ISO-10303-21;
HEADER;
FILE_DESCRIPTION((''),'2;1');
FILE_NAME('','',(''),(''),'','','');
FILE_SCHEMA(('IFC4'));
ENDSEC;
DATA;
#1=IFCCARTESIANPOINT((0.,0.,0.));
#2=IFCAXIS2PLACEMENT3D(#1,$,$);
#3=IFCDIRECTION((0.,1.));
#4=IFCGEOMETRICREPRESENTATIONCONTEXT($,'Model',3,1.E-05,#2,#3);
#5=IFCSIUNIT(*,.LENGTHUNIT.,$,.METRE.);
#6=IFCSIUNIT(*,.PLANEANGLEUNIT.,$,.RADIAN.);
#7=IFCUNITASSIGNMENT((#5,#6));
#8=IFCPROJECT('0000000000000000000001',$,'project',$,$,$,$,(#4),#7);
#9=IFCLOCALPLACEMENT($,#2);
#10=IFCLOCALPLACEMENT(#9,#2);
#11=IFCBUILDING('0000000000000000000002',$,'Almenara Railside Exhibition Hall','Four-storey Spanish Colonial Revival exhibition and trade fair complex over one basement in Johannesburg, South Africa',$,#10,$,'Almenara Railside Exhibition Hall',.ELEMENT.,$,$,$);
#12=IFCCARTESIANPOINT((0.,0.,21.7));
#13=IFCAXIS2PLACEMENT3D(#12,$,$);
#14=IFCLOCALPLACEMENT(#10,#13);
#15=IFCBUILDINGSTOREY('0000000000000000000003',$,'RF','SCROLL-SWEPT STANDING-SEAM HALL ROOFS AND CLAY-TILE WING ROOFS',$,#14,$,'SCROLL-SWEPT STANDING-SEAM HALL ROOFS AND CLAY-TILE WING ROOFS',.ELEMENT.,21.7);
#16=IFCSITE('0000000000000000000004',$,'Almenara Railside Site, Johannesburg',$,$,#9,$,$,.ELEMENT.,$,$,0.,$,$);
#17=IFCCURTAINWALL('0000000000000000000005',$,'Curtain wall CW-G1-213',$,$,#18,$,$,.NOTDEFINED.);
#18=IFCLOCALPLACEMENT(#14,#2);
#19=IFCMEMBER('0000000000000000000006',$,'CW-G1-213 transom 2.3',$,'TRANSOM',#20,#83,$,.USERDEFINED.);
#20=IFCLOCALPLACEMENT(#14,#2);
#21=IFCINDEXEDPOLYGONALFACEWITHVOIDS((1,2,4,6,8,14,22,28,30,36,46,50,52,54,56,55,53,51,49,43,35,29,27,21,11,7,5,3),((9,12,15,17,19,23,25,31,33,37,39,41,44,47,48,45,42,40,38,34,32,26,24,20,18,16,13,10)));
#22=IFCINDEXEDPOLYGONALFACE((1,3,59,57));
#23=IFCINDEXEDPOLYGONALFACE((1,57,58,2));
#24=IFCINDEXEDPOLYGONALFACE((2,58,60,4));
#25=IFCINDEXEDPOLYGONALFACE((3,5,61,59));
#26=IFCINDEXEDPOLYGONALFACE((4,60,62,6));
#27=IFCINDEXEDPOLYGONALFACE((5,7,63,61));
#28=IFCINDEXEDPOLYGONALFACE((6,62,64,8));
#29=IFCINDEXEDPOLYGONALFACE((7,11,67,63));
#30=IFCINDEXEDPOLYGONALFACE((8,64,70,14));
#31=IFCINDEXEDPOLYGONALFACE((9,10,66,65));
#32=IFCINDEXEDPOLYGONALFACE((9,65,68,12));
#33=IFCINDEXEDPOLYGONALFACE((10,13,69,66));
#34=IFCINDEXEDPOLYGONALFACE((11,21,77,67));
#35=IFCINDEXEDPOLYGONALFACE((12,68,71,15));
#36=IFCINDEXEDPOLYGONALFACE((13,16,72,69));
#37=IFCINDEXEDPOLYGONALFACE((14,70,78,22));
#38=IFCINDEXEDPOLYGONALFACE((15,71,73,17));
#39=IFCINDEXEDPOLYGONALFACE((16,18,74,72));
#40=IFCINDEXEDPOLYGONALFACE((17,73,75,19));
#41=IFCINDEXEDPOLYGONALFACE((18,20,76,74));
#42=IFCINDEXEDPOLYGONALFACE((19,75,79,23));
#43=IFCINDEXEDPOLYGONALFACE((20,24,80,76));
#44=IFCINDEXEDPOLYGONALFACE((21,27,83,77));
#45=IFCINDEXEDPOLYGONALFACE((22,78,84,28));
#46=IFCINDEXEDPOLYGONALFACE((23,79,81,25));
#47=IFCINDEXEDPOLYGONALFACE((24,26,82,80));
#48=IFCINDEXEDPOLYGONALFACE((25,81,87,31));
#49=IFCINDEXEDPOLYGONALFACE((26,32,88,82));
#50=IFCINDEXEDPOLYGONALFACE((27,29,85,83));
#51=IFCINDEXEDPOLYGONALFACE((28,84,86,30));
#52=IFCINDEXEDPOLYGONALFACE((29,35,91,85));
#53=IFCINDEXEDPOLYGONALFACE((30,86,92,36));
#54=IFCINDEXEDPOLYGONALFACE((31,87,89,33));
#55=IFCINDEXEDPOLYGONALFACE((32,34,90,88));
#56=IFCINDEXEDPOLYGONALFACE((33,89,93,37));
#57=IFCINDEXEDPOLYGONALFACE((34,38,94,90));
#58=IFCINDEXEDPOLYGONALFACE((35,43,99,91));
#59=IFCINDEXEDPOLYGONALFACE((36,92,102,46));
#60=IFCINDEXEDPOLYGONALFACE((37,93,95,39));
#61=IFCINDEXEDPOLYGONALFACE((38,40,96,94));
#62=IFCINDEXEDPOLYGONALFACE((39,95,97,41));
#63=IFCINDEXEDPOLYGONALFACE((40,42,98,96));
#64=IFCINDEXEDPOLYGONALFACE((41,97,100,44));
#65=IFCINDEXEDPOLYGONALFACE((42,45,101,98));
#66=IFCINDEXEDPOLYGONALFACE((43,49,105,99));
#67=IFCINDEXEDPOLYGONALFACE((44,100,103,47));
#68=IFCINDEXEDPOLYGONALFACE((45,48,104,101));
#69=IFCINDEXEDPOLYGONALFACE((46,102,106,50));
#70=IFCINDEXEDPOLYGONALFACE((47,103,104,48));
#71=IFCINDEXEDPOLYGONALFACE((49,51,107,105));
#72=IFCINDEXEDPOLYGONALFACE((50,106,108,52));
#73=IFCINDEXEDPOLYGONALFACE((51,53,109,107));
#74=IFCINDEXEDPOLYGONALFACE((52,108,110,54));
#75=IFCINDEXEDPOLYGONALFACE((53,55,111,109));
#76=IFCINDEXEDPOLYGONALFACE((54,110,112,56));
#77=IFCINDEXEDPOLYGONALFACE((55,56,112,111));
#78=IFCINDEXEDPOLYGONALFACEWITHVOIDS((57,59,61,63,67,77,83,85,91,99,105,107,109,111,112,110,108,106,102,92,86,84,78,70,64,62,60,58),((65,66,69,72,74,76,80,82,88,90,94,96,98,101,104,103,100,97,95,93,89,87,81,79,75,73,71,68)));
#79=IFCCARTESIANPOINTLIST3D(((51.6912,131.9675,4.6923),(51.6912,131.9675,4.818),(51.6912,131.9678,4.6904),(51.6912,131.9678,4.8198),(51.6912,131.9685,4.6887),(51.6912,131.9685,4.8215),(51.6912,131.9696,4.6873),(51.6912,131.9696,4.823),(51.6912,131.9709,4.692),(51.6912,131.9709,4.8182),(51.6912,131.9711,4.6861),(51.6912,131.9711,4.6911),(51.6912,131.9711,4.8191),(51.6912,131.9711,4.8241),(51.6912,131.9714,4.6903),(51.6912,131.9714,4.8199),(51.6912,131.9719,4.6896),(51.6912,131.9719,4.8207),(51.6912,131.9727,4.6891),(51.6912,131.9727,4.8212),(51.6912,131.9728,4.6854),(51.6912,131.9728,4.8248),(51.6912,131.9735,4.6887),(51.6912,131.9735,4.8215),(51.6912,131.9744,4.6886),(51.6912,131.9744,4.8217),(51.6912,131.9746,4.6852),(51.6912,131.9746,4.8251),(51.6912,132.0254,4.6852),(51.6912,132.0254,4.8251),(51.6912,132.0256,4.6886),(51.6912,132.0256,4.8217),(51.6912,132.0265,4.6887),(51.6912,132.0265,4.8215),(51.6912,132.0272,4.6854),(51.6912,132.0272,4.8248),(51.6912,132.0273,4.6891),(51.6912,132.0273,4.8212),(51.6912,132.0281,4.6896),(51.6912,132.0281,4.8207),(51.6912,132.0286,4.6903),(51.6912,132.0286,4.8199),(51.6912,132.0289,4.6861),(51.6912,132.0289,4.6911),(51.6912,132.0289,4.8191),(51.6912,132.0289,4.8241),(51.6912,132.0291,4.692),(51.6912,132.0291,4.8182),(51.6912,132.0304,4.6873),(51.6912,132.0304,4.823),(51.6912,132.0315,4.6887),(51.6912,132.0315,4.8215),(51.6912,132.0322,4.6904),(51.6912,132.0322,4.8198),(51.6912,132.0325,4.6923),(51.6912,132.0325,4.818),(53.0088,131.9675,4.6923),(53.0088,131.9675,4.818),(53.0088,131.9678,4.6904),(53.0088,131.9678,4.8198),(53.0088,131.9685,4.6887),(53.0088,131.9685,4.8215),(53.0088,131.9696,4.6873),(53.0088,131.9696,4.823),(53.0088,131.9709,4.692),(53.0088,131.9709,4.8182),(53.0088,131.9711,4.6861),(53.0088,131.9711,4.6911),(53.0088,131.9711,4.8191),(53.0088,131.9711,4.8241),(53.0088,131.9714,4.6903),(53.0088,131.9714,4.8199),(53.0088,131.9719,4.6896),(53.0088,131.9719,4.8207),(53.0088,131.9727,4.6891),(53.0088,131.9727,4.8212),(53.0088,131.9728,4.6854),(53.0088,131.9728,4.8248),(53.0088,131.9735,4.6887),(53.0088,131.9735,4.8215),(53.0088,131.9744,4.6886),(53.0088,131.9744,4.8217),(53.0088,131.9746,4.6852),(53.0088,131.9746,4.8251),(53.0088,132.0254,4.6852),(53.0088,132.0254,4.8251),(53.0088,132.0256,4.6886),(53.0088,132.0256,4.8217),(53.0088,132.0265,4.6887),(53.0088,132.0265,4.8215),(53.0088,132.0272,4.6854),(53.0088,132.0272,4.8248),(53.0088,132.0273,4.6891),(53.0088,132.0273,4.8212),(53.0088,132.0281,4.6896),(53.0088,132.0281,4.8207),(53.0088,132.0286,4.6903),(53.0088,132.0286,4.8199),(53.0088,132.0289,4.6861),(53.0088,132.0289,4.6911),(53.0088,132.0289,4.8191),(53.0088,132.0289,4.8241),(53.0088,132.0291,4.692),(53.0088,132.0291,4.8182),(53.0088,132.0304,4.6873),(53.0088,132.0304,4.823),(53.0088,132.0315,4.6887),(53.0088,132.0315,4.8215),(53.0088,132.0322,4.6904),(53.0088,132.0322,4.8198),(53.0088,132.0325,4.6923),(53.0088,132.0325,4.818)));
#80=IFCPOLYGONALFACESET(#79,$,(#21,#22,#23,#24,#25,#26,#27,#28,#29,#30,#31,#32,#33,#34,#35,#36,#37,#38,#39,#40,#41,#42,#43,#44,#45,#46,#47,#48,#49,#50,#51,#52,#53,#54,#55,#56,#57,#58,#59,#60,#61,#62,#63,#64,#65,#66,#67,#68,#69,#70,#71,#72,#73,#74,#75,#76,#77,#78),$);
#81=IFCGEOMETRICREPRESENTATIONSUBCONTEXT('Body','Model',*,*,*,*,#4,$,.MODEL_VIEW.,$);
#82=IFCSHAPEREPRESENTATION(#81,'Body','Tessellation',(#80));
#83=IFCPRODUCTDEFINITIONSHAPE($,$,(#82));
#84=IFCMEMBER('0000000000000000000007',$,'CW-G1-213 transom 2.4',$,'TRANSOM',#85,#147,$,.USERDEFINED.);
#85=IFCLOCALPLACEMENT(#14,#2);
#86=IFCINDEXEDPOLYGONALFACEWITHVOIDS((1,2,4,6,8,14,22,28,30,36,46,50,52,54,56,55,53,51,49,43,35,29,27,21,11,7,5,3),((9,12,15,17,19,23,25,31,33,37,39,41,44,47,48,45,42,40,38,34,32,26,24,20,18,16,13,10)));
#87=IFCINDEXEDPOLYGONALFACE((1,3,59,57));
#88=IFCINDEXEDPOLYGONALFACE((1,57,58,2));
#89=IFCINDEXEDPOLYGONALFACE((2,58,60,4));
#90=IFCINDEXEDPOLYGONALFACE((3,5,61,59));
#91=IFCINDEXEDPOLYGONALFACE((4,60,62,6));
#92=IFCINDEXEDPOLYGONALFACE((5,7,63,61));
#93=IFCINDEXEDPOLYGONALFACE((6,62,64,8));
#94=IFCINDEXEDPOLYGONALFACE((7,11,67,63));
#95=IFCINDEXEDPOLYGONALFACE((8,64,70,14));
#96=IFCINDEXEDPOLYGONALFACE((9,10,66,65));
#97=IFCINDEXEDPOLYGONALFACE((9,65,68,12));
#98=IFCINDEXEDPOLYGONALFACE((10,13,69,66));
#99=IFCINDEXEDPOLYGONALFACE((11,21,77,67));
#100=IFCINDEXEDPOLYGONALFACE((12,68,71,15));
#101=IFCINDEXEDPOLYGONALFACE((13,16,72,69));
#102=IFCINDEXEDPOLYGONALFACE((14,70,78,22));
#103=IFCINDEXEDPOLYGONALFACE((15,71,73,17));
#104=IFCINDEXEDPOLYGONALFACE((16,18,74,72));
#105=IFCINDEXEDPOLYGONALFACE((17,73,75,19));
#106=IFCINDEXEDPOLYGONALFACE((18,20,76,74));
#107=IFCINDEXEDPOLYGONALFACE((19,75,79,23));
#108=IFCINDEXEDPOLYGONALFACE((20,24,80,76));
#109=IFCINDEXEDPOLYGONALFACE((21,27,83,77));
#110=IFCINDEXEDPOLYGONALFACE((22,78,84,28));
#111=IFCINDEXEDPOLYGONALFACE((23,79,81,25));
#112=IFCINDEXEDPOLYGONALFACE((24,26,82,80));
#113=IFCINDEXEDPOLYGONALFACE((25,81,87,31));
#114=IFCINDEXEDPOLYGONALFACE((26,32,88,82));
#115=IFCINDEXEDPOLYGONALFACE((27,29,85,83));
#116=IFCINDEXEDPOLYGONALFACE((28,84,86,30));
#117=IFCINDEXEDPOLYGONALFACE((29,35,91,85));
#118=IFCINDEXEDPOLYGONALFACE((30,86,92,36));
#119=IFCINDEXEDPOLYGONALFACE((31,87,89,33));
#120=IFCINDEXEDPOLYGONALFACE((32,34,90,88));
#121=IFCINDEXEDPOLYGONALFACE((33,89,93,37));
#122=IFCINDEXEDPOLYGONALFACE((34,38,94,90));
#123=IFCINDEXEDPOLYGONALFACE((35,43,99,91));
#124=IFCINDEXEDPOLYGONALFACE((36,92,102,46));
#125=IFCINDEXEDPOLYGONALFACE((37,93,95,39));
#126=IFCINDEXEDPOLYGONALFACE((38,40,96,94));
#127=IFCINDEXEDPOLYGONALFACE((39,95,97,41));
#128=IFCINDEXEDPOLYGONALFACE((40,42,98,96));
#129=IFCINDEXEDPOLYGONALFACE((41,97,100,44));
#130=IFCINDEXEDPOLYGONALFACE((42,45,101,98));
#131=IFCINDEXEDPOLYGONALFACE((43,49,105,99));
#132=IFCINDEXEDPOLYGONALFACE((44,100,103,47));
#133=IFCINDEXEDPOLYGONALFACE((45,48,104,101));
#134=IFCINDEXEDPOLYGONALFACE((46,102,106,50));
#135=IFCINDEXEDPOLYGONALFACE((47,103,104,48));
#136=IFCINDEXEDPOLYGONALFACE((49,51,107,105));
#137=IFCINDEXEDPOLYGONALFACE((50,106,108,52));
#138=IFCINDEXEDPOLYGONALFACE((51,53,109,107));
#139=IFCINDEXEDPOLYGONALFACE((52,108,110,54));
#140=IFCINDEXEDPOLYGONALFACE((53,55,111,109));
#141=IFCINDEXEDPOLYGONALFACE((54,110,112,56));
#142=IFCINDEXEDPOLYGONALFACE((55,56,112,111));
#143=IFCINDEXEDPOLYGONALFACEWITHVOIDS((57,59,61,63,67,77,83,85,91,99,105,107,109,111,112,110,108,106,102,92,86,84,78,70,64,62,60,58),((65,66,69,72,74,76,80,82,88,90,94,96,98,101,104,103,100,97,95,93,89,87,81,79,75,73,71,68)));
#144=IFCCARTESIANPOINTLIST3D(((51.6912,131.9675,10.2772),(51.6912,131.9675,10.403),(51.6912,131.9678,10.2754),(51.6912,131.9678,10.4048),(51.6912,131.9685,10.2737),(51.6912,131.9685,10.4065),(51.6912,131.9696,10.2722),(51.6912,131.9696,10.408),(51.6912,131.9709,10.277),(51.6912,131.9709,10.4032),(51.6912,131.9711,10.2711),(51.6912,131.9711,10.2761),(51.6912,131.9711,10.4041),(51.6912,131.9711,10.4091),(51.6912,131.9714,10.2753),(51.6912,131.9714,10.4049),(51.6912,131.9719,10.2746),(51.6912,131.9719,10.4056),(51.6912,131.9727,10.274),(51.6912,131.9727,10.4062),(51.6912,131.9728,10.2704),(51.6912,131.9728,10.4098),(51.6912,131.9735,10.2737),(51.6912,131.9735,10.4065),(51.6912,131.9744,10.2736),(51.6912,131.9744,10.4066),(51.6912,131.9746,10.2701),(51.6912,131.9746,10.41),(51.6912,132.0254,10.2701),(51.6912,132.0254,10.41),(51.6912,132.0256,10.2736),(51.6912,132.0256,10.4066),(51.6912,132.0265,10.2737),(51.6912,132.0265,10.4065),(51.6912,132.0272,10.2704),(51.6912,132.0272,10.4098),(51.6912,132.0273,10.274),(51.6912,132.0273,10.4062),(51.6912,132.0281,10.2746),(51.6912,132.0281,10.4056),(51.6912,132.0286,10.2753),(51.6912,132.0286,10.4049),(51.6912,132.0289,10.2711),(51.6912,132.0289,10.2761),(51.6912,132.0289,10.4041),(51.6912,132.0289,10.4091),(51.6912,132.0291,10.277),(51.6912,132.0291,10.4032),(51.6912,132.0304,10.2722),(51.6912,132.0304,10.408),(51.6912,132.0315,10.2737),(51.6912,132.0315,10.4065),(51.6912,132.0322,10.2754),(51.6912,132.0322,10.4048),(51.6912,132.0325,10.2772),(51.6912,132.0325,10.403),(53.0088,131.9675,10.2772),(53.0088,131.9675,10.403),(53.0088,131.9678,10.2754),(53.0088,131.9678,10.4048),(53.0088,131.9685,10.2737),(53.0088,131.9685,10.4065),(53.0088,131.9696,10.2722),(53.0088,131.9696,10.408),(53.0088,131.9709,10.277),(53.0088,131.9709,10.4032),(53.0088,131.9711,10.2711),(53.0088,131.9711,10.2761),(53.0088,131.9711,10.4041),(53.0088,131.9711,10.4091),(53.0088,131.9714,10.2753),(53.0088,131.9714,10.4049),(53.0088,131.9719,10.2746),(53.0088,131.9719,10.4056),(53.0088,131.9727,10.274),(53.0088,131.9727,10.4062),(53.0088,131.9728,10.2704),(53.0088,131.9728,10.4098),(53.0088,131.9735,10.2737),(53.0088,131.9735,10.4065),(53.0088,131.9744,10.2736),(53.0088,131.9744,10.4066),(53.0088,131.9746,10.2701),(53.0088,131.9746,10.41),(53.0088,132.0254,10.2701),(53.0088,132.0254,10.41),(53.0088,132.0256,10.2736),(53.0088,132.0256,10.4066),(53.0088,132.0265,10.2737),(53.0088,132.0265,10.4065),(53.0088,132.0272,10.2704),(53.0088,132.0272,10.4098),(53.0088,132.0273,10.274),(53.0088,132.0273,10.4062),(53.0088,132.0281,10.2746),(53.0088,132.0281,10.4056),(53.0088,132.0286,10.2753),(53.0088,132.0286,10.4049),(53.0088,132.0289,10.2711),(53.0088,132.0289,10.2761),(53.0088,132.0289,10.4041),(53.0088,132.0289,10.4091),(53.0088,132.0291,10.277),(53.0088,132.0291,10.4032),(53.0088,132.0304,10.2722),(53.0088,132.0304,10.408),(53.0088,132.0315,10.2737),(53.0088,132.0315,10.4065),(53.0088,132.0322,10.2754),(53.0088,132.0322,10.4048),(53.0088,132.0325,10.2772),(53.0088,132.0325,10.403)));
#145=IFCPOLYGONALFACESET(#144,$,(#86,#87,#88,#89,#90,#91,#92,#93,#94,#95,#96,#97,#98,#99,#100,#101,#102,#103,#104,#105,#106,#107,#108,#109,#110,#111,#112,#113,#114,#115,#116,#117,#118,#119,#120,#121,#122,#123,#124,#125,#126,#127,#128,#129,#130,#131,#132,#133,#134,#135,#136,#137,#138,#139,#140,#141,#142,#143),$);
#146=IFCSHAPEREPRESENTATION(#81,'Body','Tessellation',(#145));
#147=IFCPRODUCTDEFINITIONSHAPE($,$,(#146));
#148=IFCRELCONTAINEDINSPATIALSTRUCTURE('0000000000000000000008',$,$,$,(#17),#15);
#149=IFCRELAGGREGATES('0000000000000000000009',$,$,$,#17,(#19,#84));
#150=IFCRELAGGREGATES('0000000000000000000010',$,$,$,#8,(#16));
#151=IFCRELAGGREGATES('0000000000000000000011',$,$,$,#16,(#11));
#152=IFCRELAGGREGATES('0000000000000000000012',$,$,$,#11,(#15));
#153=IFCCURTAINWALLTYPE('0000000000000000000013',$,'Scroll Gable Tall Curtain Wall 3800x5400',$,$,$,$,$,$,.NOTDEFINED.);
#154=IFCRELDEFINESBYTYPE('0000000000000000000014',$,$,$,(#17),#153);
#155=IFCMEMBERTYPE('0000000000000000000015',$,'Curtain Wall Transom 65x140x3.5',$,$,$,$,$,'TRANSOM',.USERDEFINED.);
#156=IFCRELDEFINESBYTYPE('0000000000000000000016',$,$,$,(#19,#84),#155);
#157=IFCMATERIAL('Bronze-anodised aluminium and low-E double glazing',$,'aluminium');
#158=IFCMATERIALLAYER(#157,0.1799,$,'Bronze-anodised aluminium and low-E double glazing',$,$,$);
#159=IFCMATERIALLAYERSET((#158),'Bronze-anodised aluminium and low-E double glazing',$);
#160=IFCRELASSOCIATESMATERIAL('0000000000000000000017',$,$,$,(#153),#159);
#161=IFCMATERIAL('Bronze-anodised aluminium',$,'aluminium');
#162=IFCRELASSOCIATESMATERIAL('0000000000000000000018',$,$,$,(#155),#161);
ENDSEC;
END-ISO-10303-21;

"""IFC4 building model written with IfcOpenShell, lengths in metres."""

from ifc_helpers import new_model, si_unit, direction, frame, origin, origin_2d, place, context, subcontext, project, spatial, hollow_rectangle, extrude, material, layer, layer_set, material_profile, profile_set, type_object, element, aggregate, save


model = new_model("IFC4")

# Units and contexts
model_context = context("Model", 3, precision=1e-05, world=origin(), true_north=direction((0.0, 1.0)))
body_context = subcontext(model_context, "Body", "Model", "MODEL_VIEW")
ifc_project = project(units=[si_unit("LENGTHUNIT", "METRE"), si_unit("PLANEANGLEUNIT", "RADIAN")], contexts=[model_context])

# Site, building, storey
site_placement = place(None, origin())
site = spatial("IfcSite", under=ifc_project, at=site_placement, Name="Almenara Railside Site, Johannesburg", CompositionType="ELEMENT", RefElevation=0.0)
building_placement = place(site_placement, origin())
building = spatial("IfcBuilding", under=site, at=building_placement, Name="Almenara Railside Exhibition Hall", Description="Four-storey Spanish Colonial Revival exhibition and trade fair complex over one basement in Johannesburg, South Africa", LongName="Almenara Railside Exhibition Hall", CompositionType="ELEMENT")
storey_placement = place(building_placement, frame((0.0, 0.0, 21.7)))
storey = spatial("IfcBuildingStorey", under=building, at=storey_placement, Name="RF", Description="SCROLL-SWEPT STANDING-SEAM HALL ROOFS AND CLAY-TILE WING ROOFS", LongName="SCROLL-SWEPT STANDING-SEAM HALL ROOFS AND CLAY-TILE WING ROOFS", CompositionType="ELEMENT", Elevation=21.7)

# Shared definitions
ifc_material_1 = material(Name="Bronze-anodised aluminium and low-E double glazing", Category="aluminium")
ifc_layer_1 = layer(ifc_material_1, 0.1799, Name="Bronze-anodised aluminium and low-E double glazing")
ifc_layer_set_1 = layer_set([ifc_layer_1], Name="Bronze-anodised aluminium and low-E double glazing")
curtain_wall_type = type_object("IfcCurtainWallType", Name="Scroll Gable Tall Curtain Wall 3800x5400", PredefinedType="NOTDEFINED", material=ifc_layer_set_1)
ifc_material_2 = material(Name="Bronze-anodised aluminium", Category="aluminium")

# Curtain wall
curtain_wall_1_placement = place(storey_placement, origin())
curtain_wall_1 = element("IfcCurtainWall", 1, at=curtain_wall_1_placement, inside=storey, type_object=curtain_wall_type, Name="Curtain wall CW-G1-213", PredefinedType="NOTDEFINED")

# Members
ifc_material_profile_1 = material_profile(ifc_material_2, hollow_rectangle(XDim=0.0649, YDim=0.1399, WallThickness=0.0034, InnerFilletRadius=0.0034, OuterFilletRadius=0.0071, at=origin_2d()), Name="ALU-TRN 65x140x3.5")
ifc_profile_set_1 = profile_set([ifc_material_profile_1], Name="Bronze-anodised aluminium")
member_type_1 = type_object("IfcMemberType", Name="Curtain Wall Transom 65x140x3.5", ElementType="TRANSOM", PredefinedType="USERDEFINED", material=ifc_profile_set_1)
member_1_placement = place(storey_placement, frame((51.6912, 132.0, 4.7551), z_axis=(1.0, 0.0, 0.0), x_axis=(0.0, 1.0, 0.0)))
member_1 = element("IfcMember", 2, at=member_1_placement, type_object=member_type_1, Name="CW-G1-213 transom 2.3", ObjectType="TRANSOM", PredefinedType="USERDEFINED", context=body_context, shape_type="SweptSolid", body=[
    extrude(hollow_rectangle(XDim=0.0649, YDim=0.1399, WallThickness=0.0034, InnerFilletRadius=0.0034, OuterFilletRadius=0.0071, at=origin_2d()), origin(), (0.0, 0.0, 1.0), 1.3176),
])
member_2_placement = place(storey_placement, frame((51.6912, 132.0, 10.3401), z_axis=(1.0, 0.0, 0.0), x_axis=(0.0, 1.0, 0.0)))
member_2 = element("IfcMember", 3, at=member_2_placement, type_object=member_type_1, Name="CW-G1-213 transom 2.4", ObjectType="TRANSOM", PredefinedType="USERDEFINED", context=body_context, shape_type="SweptSolid", body=[
    extrude(hollow_rectangle(XDim=0.0649, YDim=0.1399, WallThickness=0.0034, InnerFilletRadius=0.0034, OuterFilletRadius=0.0071, at=origin_2d()), origin(), (0.0, 0.0, 1.0), 1.3176),
])

aggregate(curtain_wall_1, [member_1, member_2])

save(model, "model.ifc")
